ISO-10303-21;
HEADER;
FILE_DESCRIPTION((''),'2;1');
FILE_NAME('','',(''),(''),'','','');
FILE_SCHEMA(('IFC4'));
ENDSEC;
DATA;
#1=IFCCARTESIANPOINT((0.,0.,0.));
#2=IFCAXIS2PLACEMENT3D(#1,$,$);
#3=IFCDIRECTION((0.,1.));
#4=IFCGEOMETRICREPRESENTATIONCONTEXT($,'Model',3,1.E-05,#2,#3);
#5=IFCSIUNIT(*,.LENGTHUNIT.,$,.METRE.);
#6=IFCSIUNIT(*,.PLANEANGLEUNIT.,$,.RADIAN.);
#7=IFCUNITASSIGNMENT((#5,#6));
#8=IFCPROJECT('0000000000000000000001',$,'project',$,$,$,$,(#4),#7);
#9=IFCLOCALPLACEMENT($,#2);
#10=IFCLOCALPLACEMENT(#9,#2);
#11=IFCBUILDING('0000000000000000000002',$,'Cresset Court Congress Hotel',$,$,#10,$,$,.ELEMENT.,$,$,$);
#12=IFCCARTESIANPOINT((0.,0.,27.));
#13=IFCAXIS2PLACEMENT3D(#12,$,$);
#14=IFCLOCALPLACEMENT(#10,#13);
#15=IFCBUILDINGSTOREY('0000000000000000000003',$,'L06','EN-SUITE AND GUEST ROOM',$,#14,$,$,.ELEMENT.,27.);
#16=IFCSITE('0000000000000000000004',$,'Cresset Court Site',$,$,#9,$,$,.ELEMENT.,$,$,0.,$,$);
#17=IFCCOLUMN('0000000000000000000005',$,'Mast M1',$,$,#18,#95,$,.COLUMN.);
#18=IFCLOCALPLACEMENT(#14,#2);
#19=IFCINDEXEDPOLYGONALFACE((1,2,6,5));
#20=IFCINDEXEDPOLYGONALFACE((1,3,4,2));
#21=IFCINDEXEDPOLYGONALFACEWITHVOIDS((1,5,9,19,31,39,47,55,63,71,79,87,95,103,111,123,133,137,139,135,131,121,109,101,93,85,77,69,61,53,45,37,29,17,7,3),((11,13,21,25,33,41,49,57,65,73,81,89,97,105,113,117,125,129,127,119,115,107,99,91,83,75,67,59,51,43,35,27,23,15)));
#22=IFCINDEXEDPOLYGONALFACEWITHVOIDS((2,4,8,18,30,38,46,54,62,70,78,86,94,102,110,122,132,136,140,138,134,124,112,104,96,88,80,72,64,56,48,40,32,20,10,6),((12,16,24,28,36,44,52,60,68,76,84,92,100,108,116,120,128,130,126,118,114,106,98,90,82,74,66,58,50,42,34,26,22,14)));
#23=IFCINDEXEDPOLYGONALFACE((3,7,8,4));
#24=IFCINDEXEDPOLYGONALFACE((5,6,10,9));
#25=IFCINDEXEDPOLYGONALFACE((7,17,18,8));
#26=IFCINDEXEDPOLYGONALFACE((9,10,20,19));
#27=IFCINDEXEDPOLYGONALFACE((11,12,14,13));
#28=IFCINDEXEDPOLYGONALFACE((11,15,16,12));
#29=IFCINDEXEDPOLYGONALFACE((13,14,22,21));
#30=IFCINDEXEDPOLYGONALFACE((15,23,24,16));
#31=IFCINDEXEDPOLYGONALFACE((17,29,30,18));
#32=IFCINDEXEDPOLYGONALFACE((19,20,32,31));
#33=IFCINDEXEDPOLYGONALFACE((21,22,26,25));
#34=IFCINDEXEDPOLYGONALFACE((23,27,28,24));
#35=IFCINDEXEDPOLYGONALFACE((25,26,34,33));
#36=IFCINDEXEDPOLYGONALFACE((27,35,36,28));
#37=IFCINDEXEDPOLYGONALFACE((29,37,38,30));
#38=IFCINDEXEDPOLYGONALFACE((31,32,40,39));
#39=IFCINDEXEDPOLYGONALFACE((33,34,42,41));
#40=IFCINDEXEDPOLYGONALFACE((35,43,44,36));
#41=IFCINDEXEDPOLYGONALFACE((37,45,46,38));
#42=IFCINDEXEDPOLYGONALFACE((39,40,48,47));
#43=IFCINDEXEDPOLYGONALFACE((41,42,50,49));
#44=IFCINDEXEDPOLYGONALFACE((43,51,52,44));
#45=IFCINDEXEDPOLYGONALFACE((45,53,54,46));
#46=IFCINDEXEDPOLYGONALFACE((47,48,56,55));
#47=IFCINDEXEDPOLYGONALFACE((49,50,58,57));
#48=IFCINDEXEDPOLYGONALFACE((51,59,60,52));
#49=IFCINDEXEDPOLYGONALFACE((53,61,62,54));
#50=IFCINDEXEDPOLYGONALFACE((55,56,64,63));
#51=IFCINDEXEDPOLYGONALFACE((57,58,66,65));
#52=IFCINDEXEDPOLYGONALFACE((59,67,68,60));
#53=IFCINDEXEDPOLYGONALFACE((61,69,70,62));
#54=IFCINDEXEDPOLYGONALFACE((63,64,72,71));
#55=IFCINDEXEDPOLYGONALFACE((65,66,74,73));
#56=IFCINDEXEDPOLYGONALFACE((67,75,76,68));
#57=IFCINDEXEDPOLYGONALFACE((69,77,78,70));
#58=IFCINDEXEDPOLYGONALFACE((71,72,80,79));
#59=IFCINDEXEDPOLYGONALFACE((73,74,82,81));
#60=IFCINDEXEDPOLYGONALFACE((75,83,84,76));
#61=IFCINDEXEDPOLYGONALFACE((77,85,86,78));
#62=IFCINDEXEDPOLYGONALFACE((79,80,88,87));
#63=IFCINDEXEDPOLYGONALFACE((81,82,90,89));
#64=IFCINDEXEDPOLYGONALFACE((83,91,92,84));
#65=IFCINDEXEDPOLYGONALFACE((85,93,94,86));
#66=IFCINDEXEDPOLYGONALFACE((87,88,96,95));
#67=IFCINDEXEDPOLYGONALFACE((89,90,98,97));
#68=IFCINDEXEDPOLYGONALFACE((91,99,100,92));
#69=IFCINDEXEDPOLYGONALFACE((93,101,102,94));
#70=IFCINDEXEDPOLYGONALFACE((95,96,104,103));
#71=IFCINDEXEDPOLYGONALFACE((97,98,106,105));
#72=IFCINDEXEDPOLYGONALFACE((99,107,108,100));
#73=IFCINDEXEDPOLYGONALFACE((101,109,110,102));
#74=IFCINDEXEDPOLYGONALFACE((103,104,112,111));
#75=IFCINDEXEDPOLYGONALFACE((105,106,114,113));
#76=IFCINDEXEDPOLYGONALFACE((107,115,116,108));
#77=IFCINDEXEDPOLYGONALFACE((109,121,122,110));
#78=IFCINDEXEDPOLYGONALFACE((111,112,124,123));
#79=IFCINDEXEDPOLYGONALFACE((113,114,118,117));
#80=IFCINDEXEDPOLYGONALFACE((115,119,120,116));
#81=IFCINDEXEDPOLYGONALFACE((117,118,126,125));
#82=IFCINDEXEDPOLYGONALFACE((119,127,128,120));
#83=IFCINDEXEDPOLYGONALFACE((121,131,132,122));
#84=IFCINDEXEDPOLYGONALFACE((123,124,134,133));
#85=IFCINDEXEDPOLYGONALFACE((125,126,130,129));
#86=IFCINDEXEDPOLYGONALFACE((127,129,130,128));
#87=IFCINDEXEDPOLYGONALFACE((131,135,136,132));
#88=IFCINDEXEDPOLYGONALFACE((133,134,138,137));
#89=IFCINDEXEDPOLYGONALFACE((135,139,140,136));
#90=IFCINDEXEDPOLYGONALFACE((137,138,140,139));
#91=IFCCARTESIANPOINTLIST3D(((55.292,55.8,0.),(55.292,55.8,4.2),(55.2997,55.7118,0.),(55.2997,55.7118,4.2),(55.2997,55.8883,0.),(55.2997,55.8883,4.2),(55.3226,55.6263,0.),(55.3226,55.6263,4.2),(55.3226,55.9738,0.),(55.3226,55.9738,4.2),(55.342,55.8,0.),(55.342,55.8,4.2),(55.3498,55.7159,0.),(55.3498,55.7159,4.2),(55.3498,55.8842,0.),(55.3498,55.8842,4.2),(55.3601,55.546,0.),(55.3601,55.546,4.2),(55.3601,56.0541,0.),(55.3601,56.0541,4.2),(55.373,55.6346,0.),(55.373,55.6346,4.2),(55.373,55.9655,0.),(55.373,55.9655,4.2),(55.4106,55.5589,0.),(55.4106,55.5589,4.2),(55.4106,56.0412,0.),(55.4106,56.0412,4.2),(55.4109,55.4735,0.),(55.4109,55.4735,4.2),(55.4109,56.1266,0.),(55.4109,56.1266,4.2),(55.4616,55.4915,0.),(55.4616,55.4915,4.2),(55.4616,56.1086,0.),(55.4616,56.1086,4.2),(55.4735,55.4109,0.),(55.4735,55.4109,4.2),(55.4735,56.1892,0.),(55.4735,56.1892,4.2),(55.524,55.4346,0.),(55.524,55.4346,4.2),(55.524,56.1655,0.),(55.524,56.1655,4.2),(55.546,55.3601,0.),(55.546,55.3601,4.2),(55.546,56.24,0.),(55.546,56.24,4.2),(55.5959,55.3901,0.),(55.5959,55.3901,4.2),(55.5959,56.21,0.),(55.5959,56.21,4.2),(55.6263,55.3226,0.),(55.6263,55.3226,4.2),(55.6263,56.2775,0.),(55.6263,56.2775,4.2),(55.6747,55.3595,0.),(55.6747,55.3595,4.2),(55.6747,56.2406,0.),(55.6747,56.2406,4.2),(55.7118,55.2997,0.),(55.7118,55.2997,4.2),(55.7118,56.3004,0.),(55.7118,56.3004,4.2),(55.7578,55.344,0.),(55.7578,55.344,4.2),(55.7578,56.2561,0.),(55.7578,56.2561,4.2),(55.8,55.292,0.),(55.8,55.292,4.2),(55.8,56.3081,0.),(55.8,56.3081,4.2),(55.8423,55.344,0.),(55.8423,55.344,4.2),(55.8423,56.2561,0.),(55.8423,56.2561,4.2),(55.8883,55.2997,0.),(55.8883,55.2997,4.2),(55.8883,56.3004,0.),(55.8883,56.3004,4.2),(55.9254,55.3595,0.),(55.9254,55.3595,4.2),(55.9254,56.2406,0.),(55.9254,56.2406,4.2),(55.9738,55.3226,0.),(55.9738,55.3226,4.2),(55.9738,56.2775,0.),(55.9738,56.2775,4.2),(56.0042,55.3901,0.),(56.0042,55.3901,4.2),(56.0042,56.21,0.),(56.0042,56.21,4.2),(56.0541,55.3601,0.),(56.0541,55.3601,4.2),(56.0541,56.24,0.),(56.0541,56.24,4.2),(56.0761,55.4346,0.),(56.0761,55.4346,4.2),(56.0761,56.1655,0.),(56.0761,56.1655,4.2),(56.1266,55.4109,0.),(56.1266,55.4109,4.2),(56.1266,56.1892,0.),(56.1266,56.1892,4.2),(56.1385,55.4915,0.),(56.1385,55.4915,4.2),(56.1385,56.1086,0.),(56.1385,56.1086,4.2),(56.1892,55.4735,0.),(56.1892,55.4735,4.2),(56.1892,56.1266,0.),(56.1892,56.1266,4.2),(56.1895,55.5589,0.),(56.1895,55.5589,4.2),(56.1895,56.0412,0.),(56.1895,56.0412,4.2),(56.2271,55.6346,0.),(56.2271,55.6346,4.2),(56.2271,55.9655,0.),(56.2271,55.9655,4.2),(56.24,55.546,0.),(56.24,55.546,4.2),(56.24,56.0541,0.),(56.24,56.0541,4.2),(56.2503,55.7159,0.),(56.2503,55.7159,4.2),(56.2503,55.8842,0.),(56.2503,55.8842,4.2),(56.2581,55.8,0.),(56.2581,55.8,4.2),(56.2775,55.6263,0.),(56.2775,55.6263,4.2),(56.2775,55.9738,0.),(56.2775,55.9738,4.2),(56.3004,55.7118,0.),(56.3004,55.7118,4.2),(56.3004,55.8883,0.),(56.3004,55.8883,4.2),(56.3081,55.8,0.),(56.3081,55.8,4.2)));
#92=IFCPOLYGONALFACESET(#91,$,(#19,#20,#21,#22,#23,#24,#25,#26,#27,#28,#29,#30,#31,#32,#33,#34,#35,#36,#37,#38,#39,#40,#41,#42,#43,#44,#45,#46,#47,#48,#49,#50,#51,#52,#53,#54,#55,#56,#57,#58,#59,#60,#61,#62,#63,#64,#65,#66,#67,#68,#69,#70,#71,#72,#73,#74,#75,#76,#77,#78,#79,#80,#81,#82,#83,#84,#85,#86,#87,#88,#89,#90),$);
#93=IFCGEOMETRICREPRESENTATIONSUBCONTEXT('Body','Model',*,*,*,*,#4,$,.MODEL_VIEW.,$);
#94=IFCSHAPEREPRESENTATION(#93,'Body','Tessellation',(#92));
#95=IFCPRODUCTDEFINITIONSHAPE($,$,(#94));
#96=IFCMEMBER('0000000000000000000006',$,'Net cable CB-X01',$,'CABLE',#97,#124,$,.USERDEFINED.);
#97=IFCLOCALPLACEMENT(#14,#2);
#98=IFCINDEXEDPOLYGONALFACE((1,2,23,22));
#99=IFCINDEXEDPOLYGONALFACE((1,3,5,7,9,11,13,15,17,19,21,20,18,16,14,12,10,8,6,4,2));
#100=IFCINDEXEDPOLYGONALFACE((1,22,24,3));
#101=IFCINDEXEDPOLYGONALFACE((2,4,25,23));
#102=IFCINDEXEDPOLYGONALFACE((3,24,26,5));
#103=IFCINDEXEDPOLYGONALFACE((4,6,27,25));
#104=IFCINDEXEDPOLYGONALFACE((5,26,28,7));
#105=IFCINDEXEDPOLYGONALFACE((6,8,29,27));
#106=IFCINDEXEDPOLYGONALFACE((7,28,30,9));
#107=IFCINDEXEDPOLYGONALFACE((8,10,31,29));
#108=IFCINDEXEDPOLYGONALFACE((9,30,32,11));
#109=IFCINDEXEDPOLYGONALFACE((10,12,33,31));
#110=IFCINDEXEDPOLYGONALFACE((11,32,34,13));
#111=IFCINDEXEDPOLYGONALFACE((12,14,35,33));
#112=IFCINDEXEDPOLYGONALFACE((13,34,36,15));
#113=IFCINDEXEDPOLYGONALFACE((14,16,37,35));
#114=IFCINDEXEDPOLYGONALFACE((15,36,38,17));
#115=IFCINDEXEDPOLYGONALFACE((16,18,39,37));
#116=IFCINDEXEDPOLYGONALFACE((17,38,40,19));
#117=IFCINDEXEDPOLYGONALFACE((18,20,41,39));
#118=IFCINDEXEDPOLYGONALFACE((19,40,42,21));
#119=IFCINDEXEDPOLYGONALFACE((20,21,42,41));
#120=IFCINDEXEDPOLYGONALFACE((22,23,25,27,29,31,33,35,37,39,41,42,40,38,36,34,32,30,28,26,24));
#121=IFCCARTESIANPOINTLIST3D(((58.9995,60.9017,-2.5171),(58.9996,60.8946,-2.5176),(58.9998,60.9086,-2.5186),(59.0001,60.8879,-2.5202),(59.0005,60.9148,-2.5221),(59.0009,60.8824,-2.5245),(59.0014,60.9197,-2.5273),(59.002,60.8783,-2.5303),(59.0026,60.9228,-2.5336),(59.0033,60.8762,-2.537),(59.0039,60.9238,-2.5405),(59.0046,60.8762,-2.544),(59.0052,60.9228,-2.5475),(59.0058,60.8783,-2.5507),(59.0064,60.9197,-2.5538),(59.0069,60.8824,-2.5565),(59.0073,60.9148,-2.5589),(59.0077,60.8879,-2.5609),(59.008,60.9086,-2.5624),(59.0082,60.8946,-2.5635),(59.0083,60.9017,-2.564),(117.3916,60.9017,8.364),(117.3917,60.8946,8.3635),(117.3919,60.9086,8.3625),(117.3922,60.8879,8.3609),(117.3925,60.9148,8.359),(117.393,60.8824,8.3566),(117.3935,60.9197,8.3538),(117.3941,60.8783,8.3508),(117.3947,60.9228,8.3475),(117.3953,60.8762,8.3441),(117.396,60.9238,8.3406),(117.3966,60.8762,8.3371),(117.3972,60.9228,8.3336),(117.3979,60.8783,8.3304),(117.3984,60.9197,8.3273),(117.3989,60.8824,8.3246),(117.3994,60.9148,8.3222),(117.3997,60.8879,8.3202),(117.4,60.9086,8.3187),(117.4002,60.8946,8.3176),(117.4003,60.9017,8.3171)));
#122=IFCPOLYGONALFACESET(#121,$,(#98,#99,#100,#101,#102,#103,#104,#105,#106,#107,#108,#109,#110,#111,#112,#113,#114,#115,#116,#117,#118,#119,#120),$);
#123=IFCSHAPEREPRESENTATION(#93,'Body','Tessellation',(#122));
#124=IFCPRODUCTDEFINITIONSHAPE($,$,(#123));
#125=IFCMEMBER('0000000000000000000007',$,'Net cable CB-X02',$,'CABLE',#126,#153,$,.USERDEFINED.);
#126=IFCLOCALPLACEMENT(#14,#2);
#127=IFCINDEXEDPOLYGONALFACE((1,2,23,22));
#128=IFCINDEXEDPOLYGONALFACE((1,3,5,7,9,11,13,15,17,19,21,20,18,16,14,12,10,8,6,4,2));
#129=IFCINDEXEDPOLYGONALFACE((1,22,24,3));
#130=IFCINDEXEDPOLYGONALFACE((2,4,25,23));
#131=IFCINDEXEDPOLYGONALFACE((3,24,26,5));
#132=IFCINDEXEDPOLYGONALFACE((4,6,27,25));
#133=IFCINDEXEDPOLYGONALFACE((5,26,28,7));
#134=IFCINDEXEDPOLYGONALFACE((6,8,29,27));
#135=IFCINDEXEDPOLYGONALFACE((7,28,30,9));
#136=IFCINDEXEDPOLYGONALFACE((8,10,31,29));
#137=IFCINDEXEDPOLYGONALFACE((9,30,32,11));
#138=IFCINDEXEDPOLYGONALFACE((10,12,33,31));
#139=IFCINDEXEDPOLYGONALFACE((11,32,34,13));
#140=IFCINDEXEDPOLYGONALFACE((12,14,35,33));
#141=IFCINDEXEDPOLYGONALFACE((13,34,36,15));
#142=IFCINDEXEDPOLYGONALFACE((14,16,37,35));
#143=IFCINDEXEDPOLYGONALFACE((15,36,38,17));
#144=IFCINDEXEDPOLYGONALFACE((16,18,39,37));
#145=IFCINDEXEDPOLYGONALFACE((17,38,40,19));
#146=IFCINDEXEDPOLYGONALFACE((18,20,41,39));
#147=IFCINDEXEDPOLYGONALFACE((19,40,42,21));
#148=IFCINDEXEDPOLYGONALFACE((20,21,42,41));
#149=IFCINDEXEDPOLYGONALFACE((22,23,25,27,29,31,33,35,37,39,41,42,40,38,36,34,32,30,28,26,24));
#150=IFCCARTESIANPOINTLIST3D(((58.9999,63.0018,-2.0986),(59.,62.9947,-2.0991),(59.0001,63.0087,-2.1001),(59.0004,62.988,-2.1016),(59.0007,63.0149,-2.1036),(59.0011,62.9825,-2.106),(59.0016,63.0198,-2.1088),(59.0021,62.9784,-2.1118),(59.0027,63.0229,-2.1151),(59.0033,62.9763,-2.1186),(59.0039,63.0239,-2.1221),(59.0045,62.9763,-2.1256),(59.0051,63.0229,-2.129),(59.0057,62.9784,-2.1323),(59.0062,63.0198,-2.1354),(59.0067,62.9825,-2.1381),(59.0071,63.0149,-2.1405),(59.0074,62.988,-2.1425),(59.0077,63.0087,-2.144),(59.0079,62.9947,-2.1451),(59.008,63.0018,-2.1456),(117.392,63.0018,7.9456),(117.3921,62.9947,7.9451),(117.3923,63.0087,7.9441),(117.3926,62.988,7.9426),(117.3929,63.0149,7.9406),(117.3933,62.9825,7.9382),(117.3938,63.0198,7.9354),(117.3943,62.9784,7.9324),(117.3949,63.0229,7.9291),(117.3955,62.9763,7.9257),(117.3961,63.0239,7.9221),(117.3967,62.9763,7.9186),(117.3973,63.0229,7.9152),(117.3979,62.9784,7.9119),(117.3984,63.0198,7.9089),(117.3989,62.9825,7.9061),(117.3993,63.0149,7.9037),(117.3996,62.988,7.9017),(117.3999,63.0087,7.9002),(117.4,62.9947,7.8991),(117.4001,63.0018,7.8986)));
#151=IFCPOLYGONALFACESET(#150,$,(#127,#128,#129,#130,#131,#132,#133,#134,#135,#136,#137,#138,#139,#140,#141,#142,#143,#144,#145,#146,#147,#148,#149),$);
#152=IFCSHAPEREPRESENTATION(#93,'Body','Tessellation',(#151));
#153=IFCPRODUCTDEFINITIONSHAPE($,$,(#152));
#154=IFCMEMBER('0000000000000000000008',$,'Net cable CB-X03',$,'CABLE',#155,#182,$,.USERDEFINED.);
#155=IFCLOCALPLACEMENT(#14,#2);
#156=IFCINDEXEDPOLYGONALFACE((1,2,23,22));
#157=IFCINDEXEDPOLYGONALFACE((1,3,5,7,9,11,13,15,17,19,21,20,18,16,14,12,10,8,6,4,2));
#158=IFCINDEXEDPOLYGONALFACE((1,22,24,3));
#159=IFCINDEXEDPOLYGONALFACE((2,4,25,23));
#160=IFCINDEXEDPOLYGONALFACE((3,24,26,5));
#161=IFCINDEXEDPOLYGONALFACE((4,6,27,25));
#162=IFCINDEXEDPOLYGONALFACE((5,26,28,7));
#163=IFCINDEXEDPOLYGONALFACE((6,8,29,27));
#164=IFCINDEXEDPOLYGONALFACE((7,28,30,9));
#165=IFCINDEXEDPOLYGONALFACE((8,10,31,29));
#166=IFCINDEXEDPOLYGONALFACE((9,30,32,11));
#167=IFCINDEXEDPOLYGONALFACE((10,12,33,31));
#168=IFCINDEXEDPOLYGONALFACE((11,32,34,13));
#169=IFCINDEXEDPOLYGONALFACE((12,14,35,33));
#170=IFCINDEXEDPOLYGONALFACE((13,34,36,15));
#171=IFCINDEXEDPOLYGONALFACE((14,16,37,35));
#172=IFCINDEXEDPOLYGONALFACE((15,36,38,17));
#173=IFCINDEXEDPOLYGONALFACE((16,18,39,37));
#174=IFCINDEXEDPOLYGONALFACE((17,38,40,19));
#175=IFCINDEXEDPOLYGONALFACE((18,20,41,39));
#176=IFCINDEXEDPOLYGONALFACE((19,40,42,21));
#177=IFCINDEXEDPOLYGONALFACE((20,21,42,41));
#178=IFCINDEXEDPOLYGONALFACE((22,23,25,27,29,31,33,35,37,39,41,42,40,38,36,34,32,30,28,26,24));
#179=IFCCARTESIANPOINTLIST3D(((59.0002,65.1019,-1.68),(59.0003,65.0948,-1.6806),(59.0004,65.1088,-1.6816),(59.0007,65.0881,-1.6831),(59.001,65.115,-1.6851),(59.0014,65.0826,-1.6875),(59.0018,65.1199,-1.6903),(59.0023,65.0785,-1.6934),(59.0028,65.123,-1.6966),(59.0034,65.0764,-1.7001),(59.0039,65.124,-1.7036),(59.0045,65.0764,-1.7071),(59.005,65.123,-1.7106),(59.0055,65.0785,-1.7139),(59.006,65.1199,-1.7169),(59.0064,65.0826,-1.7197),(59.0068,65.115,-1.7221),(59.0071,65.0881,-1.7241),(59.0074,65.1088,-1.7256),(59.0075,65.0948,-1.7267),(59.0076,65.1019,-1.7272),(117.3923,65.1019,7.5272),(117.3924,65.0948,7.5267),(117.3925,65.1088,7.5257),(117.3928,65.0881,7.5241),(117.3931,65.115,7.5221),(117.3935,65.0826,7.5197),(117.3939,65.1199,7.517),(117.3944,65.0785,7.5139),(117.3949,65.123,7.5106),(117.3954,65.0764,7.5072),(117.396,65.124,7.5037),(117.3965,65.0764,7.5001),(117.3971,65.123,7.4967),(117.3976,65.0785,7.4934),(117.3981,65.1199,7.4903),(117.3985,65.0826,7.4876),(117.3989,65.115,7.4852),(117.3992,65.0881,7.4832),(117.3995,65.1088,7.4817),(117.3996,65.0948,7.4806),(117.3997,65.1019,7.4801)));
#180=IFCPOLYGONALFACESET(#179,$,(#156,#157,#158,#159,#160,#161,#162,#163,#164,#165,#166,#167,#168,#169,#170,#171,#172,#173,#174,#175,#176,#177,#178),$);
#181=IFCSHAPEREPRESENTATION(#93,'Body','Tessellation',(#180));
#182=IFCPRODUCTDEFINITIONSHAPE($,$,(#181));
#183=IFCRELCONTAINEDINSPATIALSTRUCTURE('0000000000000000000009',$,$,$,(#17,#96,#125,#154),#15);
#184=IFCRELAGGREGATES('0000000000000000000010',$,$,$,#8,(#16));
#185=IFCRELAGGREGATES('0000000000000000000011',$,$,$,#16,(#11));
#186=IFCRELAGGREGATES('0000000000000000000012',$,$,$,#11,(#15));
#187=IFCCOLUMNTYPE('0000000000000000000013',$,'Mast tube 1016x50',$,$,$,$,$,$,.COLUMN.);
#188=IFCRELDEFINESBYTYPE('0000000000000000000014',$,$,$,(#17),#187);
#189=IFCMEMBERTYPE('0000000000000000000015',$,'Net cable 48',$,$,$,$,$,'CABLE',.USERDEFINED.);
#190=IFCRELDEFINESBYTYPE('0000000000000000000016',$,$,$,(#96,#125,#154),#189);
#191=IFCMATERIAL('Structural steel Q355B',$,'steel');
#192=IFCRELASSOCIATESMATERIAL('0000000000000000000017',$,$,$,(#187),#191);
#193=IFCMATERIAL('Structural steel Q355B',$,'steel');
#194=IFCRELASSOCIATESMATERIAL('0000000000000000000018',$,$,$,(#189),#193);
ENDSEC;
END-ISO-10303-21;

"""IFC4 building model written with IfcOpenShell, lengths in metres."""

from ifc_helpers import new_model, si_unit, direction, frame, origin, origin_2d, place, context, subcontext, project, spatial, circle, hollow_circle, extrude, material, material_profile, profile_set, type_object, element, save


model = new_model("IFC4")

# Units and contexts
model_context = context("Model", 3, precision=1e-05, world=origin(), true_north=direction((0.0, 1.0)))
body_context = subcontext(model_context, "Body", "Model", "MODEL_VIEW")
ifc_project = project(units=[si_unit("LENGTHUNIT", "METRE"), si_unit("PLANEANGLEUNIT", "RADIAN")], contexts=[model_context])

# Site, building, storey
site_placement = place(None, origin())
site = spatial("IfcSite", under=ifc_project, at=site_placement, Name="Cresset Court Site", CompositionType="ELEMENT", RefElevation=0.0)
building_placement = place(site_placement, origin())
building = spatial("IfcBuilding", under=site, at=building_placement, Name="Cresset Court Congress Hotel", CompositionType="ELEMENT")
storey_placement = place(building_placement, frame((0.0, 0.0, 27.0)))
storey = spatial("IfcBuildingStorey", under=building, at=storey_placement, Name="L06", Description="EN-SUITE AND GUEST ROOM", CompositionType="ELEMENT", Elevation=27.0)

# Column
ifc_material_1 = material(Name="Structural steel Q355B", Category="steel")
ifc_material_profile_1 = material_profile(ifc_material_1, hollow_circle(Radius=0.5081, WallThickness=0.05, at=origin_2d()), Name="CHS1016x50")
ifc_profile_set_1 = profile_set([ifc_material_profile_1], Name="Structural steel Q355B")
column_type = type_object("IfcColumnType", Name="Mast tube 1016x50", PredefinedType="COLUMN", material=ifc_profile_set_1)
column_placement = place(storey_placement, frame((55.8, 55.8, 0.0), z_axis=(0.0, 0.0, 1.0), x_axis=(1.0, 0.0, 0.0)))
element("IfcColumn", 1, at=column_placement, inside=storey, type_object=column_type, Name="Mast M1", PredefinedType="COLUMN", context=body_context, shape_type="SweptSolid", body=[
    extrude(hollow_circle(Radius=0.5081, WallThickness=0.05, at=origin_2d()), origin(), (0.0, 0.0, 1.0), 4.2),
])

# Members
ifc_material_2 = material(Name="Structural steel Q355B", Category="steel")
ifc_material_profile_2 = material_profile(ifc_material_2, circle(Radius=0.0239, at=origin_2d()), Name="CABLE48")
ifc_profile_set_2 = profile_set([ifc_material_profile_2], Name="Structural steel Q355B")
member_type_1 = type_object("IfcMemberType", Name="Net cable 48", ElementType="CABLE", PredefinedType="USERDEFINED", material=ifc_profile_set_2)
member_1_placement = place(storey_placement, frame((59.0039, 60.8999, -2.5405), z_axis=(0.983077, 0.0, 0.183192), x_axis=(0.0, 1.0, 0.0)))
element("IfcMember", 2, at=member_1_placement, inside=storey, type_object=member_type_1, Name="Net cable CB-X01", ObjectType="CABLE", PredefinedType="USERDEFINED", context=body_context, shape_type="SweptSolid", body=[
    extrude(circle(Radius=0.0239, at=origin_2d()), origin(), (0.0, 0.0, 1.0), 59.3972),
])
member_2_placement = place(storey_placement, frame((59.0039, 63.0, -2.1221), z_axis=(0.985526, 0.0, 0.169523), x_axis=(0.0, 1.0, 0.0)))
element("IfcMember", 3, at=member_2_placement, inside=storey, type_object=member_type_1, Name="Net cable CB-X02", ObjectType="CABLE", PredefinedType="USERDEFINED", context=body_context, shape_type="SweptSolid", body=[
    extrude(circle(Radius=0.0239, at=origin_2d()), origin(), (0.0, 0.0, 1.0), 59.2498),
])
member_3_placement = place(storey_placement, frame((59.0039, 65.1001, -1.7036), z_axis=(0.987796, 0.0, 0.155756), x_axis=(0.0, 1.0, 0.0)))
element("IfcMember", 4, at=member_3_placement, inside=storey, type_object=member_type_1, Name="Net cable CB-X03", ObjectType="CABLE", PredefinedType="USERDEFINED", context=body_context, shape_type="SweptSolid", body=[
    extrude(circle(Radius=0.0239, at=origin_2d()), origin(), (0.0, 0.0, 1.0), 59.1135),
])

save(model, "model.ifc")
